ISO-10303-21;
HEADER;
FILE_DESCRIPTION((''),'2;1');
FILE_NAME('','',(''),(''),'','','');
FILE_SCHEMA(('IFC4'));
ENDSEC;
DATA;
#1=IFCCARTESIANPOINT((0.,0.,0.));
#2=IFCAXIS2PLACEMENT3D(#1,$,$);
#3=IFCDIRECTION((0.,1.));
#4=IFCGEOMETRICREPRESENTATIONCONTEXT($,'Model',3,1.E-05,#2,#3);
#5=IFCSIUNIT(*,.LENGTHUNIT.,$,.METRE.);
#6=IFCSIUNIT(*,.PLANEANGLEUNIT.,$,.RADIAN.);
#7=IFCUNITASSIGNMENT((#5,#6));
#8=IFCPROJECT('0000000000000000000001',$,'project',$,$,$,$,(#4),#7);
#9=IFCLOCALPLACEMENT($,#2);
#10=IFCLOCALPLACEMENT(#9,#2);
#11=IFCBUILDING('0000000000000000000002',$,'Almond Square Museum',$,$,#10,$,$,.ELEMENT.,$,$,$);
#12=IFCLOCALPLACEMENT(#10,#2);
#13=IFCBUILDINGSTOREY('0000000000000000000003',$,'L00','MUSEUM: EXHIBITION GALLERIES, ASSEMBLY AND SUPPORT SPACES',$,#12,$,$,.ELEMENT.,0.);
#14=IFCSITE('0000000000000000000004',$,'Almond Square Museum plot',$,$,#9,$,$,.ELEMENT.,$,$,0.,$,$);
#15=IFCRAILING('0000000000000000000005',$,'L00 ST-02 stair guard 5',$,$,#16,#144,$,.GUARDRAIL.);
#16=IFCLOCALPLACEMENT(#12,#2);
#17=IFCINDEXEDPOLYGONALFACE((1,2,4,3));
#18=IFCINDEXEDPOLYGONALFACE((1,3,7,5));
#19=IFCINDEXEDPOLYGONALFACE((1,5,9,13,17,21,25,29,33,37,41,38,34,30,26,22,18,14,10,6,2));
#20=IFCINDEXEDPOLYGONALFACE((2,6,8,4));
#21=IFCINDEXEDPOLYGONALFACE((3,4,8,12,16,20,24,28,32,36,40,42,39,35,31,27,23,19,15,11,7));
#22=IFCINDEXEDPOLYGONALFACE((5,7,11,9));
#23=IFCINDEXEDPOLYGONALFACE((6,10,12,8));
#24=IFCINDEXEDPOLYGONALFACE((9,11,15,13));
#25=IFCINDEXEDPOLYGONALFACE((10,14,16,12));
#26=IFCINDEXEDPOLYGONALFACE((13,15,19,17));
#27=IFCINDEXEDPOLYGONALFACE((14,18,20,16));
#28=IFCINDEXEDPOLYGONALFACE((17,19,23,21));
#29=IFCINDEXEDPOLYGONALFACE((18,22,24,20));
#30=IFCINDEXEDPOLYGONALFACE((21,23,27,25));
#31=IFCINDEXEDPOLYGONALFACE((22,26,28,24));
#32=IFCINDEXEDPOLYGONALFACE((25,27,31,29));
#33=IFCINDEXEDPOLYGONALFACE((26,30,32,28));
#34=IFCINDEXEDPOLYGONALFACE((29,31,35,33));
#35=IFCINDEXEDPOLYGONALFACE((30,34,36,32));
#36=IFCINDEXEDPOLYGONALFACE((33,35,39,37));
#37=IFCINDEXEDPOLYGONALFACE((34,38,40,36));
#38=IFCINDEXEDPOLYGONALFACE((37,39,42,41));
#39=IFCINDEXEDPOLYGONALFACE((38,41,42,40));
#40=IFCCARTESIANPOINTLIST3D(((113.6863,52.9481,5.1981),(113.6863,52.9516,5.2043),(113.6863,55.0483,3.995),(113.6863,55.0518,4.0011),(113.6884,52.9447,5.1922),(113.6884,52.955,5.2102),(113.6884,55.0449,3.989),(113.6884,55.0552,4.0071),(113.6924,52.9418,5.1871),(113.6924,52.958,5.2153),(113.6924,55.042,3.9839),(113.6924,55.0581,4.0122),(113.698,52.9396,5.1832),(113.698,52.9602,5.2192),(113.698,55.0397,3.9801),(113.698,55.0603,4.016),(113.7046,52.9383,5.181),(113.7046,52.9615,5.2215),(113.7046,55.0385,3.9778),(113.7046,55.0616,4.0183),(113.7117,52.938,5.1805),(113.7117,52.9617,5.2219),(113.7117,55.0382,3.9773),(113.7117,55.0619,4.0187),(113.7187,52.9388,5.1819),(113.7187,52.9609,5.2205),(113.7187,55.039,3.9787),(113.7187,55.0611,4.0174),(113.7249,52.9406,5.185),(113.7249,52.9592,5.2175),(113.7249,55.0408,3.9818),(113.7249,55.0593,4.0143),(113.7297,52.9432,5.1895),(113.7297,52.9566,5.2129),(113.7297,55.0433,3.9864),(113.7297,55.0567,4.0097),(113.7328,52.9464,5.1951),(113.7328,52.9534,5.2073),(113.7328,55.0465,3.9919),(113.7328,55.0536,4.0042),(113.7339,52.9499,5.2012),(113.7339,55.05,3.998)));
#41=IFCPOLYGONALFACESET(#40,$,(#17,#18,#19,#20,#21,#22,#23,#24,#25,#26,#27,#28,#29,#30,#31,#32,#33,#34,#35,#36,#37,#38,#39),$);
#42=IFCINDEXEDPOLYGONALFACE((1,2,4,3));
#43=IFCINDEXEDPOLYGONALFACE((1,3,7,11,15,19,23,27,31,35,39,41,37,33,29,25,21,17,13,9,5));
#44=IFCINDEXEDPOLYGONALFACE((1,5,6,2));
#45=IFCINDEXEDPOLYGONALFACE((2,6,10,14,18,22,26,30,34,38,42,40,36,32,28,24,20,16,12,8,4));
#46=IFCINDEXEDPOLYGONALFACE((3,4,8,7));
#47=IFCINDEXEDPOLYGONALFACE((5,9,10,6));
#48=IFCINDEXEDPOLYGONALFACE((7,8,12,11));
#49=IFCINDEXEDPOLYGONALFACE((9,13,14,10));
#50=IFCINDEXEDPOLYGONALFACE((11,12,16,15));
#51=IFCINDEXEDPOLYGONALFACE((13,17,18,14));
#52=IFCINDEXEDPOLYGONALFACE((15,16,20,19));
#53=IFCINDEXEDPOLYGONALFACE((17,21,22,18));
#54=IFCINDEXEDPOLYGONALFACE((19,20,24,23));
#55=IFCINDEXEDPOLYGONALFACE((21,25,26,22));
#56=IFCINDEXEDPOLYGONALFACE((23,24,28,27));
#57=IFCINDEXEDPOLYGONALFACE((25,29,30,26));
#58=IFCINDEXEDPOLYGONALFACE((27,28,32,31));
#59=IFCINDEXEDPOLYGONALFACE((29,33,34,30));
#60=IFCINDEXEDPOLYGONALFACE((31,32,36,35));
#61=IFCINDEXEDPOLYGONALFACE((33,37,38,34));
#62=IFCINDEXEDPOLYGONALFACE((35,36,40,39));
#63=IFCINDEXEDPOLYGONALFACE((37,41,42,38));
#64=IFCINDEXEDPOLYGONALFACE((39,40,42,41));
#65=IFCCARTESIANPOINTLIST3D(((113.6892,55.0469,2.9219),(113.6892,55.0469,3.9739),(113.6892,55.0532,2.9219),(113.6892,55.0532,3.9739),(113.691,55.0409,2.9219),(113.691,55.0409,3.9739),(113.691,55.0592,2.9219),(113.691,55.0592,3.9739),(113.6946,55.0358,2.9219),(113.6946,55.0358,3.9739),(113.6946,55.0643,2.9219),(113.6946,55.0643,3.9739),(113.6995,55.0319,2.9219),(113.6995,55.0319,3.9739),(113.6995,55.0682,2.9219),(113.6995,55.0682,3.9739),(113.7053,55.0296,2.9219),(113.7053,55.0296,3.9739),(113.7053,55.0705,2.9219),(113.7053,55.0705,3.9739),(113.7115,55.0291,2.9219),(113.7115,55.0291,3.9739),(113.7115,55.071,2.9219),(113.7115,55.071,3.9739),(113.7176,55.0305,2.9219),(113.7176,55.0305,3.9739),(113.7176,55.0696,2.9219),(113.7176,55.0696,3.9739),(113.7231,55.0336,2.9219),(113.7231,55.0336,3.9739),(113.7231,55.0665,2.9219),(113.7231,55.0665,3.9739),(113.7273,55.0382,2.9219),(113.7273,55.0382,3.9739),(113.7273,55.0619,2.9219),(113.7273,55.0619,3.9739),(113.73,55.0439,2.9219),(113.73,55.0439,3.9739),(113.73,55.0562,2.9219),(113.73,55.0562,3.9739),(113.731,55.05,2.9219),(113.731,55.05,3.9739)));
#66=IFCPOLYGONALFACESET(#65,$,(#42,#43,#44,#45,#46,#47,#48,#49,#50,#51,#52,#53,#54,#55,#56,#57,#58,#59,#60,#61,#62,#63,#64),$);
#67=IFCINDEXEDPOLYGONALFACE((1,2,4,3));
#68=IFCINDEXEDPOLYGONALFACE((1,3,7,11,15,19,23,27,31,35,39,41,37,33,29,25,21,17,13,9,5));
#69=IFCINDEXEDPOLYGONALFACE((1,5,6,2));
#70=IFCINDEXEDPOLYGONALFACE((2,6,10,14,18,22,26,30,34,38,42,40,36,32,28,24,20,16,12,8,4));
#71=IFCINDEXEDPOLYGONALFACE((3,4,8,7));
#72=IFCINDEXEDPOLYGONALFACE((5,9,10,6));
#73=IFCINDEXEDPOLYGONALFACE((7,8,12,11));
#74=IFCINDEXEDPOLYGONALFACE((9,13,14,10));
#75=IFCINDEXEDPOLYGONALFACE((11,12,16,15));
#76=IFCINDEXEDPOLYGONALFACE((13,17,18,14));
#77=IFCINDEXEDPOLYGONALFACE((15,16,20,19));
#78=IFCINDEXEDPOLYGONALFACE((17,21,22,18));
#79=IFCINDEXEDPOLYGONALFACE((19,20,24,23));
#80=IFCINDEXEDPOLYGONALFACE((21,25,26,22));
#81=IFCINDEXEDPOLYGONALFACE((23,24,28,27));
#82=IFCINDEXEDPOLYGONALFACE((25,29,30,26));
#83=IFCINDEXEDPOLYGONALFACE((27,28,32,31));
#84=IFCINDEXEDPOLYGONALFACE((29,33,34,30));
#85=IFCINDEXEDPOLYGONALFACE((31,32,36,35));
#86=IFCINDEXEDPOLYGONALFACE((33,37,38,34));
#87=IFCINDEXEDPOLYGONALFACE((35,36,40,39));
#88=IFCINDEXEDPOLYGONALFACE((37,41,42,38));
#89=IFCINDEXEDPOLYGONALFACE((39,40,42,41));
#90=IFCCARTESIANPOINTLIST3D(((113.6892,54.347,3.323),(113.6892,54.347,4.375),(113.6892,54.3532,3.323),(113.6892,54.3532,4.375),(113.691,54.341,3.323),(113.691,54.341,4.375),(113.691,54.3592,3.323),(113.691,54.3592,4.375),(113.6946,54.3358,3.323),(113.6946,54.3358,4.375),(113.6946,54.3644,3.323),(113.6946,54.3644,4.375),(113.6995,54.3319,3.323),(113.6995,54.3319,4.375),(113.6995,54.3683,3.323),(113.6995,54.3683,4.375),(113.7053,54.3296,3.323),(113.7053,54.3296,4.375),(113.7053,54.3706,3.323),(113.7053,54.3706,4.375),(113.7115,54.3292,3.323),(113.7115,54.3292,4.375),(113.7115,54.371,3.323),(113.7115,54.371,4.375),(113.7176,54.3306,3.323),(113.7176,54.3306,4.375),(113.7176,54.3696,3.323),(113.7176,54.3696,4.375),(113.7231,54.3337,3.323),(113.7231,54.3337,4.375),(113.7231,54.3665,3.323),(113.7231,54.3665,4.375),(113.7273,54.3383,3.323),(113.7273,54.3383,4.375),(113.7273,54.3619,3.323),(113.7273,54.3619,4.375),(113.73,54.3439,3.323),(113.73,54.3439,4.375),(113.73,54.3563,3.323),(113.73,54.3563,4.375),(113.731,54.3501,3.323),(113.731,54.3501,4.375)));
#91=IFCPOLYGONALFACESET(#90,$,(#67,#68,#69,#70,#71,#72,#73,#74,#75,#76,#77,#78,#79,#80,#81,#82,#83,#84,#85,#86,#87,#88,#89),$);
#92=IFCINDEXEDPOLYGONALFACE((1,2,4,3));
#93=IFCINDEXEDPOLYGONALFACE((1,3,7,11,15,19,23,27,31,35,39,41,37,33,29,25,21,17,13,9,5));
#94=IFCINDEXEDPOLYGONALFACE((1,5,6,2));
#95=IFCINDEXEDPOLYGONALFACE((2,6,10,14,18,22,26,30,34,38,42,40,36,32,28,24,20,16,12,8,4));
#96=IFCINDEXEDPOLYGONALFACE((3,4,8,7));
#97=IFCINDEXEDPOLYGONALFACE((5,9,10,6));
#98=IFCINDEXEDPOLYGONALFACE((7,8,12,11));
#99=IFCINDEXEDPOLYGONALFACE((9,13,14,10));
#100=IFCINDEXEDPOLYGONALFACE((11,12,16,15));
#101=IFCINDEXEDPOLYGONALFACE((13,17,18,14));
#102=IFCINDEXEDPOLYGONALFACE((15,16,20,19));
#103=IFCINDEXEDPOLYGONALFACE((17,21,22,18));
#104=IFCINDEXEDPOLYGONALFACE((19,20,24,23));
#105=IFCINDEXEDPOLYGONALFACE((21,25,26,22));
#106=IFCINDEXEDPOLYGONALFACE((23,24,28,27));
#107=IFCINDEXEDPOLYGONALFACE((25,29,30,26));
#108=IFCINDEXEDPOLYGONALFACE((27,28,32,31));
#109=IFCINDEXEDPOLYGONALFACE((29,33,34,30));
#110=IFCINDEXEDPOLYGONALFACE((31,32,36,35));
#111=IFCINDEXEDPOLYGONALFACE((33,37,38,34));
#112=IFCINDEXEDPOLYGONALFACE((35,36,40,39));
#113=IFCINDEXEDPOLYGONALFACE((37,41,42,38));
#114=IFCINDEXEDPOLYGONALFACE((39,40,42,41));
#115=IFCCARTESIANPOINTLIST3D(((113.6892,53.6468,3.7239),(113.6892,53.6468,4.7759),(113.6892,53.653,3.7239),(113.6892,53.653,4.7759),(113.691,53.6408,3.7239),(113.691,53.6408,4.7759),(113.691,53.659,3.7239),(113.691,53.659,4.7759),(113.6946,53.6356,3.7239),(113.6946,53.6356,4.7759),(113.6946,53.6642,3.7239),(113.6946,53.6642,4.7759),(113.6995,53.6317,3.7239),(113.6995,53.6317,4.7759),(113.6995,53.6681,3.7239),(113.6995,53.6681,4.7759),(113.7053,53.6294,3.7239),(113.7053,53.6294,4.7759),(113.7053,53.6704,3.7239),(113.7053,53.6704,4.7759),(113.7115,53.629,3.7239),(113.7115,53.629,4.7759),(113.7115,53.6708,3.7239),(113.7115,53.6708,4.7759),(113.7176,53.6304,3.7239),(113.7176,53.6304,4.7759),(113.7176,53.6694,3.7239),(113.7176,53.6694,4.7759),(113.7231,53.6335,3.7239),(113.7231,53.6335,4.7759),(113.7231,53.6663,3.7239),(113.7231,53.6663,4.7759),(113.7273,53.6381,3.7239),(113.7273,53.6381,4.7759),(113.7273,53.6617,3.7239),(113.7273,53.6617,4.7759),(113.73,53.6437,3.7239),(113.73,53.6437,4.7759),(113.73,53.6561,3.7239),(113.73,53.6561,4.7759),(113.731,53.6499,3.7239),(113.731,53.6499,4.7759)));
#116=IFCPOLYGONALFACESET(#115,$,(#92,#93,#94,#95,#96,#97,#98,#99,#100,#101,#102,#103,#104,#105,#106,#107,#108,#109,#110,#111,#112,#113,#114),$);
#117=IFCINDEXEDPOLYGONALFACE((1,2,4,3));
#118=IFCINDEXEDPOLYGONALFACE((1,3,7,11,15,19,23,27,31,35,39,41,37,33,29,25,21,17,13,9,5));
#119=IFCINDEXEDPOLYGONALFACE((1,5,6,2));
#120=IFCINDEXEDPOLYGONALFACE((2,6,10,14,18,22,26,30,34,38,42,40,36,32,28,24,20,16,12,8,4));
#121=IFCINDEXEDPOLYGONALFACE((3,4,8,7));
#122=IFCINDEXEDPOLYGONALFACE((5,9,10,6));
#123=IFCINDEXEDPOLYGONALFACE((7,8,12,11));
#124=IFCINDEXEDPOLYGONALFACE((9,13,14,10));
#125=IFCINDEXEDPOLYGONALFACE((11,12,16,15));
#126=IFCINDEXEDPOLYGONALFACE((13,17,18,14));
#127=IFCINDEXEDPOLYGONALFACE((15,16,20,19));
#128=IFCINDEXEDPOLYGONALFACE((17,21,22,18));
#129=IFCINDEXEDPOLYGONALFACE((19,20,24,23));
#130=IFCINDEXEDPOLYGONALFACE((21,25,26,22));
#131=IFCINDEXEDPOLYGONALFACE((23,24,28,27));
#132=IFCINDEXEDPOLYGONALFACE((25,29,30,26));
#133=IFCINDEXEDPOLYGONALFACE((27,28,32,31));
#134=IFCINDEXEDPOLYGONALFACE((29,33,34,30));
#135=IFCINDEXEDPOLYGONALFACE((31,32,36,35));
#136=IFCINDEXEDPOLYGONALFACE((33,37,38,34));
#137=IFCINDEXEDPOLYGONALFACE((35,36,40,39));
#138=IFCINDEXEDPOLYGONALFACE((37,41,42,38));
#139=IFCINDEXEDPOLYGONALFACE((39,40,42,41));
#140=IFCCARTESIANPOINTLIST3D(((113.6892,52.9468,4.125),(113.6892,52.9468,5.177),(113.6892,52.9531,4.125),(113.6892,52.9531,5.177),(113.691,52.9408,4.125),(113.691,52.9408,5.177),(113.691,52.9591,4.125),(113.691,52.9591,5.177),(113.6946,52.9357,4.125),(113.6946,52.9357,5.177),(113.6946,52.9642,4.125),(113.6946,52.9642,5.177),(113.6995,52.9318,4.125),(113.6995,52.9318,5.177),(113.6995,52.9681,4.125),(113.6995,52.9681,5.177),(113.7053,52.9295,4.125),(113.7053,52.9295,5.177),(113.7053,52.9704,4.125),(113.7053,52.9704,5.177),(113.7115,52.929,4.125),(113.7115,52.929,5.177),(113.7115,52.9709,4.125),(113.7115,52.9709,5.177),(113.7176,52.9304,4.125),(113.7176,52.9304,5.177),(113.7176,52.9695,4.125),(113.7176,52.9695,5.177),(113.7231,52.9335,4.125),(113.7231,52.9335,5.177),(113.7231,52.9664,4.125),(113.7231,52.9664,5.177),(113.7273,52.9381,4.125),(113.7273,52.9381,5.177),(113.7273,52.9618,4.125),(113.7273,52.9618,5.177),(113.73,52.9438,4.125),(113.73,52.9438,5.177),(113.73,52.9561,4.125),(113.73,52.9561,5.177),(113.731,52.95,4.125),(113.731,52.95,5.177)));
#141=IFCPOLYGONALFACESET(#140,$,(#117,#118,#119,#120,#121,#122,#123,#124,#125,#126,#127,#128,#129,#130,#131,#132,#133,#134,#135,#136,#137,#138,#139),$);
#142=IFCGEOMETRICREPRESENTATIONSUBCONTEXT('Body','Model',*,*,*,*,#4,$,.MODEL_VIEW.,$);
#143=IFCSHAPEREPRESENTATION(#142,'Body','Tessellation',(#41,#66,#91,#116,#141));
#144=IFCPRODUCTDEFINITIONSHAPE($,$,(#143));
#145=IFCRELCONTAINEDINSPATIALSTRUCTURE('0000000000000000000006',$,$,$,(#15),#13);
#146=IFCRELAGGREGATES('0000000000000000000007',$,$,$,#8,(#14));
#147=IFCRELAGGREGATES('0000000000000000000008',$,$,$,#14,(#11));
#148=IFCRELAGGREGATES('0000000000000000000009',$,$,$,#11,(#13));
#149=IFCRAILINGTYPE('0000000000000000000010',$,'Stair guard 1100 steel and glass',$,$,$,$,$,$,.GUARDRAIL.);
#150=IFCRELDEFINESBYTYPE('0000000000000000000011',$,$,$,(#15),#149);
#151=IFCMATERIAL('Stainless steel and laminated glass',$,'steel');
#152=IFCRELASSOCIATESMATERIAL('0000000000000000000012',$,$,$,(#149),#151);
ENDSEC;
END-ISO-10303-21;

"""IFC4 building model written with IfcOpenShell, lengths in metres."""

from ifc_helpers import new_model, si_unit, direction, frame, origin, origin_2d, place, context, subcontext, project, spatial, circle, extrude, material, type_object, element, save


model = new_model("IFC4")

# Units and contexts
model_context = context("Model", 3, precision=1e-05, world=origin(), true_north=direction((0.0, 1.0)))
body_context = subcontext(model_context, "Body", "Model", "MODEL_VIEW")
ifc_project = project(units=[si_unit("LENGTHUNIT", "METRE"), si_unit("PLANEANGLEUNIT", "RADIAN")], contexts=[model_context])

# Site, building, storey
site_placement = place(None, origin())
site = spatial("IfcSite", under=ifc_project, at=site_placement, Name="Almond Square Museum plot", CompositionType="ELEMENT", RefElevation=0.0)
building_placement = place(site_placement, origin())
building = spatial("IfcBuilding", under=site, at=building_placement, Name="Almond Square Museum", CompositionType="ELEMENT")
storey_placement = place(building_placement, origin())
storey = spatial("IfcBuildingStorey", under=building, at=storey_placement, Name="L00", Description="MUSEUM: EXHIBITION GALLERIES, ASSEMBLY AND SUPPORT SPACES", CompositionType="ELEMENT", Elevation=0.0)

# Railing
ifc_material_1 = material(Name="Stainless steel and laminated glass", Category="steel")
railing_type_1 = type_object("IfcRailingType", Name="Stair guard 1100 steel and glass", PredefinedType="GUARDRAIL", material=ifc_material_1)
railing_1_placement = place(storey_placement, frame((113.71, 55.05, 2.9219)))
element("IfcRailing", 1, at=railing_1_placement, inside=storey, type_object=railing_type_1, Name="L00 ST-02 stair guard 5", PredefinedType="GUARDRAIL", context=body_context, shape_type="SweptSolid", body=[
    extrude(circle(Radius=0.0239, at=origin_2d()), frame((0.0, 0.0, 1.0762), z_axis=(0.0, -0.867696, 0.497095), x_axis=(1.0, 0.0, 0.0)), (0.0, 0.0, 1.0), 2.4204),
    extrude(circle(Radius=0.021, at=origin_2d()), origin(), (0.0, 0.0, 1.0), 1.052),
    extrude(circle(Radius=0.021, at=origin_2d()), frame((0.0, -0.7, 0.4011)), (0.0, 0.0, 1.0), 1.052),
    extrude(circle(Radius=0.021, at=origin_2d()), frame((0.0, -1.4001, 0.802)), (0.0, 0.0, 1.0), 1.052),
    extrude(circle(Radius=0.021, at=origin_2d()), frame((0.0, -2.1001, 1.2031)), (0.0, 0.0, 1.0), 1.052),
])

save(model, "model.ifc")
